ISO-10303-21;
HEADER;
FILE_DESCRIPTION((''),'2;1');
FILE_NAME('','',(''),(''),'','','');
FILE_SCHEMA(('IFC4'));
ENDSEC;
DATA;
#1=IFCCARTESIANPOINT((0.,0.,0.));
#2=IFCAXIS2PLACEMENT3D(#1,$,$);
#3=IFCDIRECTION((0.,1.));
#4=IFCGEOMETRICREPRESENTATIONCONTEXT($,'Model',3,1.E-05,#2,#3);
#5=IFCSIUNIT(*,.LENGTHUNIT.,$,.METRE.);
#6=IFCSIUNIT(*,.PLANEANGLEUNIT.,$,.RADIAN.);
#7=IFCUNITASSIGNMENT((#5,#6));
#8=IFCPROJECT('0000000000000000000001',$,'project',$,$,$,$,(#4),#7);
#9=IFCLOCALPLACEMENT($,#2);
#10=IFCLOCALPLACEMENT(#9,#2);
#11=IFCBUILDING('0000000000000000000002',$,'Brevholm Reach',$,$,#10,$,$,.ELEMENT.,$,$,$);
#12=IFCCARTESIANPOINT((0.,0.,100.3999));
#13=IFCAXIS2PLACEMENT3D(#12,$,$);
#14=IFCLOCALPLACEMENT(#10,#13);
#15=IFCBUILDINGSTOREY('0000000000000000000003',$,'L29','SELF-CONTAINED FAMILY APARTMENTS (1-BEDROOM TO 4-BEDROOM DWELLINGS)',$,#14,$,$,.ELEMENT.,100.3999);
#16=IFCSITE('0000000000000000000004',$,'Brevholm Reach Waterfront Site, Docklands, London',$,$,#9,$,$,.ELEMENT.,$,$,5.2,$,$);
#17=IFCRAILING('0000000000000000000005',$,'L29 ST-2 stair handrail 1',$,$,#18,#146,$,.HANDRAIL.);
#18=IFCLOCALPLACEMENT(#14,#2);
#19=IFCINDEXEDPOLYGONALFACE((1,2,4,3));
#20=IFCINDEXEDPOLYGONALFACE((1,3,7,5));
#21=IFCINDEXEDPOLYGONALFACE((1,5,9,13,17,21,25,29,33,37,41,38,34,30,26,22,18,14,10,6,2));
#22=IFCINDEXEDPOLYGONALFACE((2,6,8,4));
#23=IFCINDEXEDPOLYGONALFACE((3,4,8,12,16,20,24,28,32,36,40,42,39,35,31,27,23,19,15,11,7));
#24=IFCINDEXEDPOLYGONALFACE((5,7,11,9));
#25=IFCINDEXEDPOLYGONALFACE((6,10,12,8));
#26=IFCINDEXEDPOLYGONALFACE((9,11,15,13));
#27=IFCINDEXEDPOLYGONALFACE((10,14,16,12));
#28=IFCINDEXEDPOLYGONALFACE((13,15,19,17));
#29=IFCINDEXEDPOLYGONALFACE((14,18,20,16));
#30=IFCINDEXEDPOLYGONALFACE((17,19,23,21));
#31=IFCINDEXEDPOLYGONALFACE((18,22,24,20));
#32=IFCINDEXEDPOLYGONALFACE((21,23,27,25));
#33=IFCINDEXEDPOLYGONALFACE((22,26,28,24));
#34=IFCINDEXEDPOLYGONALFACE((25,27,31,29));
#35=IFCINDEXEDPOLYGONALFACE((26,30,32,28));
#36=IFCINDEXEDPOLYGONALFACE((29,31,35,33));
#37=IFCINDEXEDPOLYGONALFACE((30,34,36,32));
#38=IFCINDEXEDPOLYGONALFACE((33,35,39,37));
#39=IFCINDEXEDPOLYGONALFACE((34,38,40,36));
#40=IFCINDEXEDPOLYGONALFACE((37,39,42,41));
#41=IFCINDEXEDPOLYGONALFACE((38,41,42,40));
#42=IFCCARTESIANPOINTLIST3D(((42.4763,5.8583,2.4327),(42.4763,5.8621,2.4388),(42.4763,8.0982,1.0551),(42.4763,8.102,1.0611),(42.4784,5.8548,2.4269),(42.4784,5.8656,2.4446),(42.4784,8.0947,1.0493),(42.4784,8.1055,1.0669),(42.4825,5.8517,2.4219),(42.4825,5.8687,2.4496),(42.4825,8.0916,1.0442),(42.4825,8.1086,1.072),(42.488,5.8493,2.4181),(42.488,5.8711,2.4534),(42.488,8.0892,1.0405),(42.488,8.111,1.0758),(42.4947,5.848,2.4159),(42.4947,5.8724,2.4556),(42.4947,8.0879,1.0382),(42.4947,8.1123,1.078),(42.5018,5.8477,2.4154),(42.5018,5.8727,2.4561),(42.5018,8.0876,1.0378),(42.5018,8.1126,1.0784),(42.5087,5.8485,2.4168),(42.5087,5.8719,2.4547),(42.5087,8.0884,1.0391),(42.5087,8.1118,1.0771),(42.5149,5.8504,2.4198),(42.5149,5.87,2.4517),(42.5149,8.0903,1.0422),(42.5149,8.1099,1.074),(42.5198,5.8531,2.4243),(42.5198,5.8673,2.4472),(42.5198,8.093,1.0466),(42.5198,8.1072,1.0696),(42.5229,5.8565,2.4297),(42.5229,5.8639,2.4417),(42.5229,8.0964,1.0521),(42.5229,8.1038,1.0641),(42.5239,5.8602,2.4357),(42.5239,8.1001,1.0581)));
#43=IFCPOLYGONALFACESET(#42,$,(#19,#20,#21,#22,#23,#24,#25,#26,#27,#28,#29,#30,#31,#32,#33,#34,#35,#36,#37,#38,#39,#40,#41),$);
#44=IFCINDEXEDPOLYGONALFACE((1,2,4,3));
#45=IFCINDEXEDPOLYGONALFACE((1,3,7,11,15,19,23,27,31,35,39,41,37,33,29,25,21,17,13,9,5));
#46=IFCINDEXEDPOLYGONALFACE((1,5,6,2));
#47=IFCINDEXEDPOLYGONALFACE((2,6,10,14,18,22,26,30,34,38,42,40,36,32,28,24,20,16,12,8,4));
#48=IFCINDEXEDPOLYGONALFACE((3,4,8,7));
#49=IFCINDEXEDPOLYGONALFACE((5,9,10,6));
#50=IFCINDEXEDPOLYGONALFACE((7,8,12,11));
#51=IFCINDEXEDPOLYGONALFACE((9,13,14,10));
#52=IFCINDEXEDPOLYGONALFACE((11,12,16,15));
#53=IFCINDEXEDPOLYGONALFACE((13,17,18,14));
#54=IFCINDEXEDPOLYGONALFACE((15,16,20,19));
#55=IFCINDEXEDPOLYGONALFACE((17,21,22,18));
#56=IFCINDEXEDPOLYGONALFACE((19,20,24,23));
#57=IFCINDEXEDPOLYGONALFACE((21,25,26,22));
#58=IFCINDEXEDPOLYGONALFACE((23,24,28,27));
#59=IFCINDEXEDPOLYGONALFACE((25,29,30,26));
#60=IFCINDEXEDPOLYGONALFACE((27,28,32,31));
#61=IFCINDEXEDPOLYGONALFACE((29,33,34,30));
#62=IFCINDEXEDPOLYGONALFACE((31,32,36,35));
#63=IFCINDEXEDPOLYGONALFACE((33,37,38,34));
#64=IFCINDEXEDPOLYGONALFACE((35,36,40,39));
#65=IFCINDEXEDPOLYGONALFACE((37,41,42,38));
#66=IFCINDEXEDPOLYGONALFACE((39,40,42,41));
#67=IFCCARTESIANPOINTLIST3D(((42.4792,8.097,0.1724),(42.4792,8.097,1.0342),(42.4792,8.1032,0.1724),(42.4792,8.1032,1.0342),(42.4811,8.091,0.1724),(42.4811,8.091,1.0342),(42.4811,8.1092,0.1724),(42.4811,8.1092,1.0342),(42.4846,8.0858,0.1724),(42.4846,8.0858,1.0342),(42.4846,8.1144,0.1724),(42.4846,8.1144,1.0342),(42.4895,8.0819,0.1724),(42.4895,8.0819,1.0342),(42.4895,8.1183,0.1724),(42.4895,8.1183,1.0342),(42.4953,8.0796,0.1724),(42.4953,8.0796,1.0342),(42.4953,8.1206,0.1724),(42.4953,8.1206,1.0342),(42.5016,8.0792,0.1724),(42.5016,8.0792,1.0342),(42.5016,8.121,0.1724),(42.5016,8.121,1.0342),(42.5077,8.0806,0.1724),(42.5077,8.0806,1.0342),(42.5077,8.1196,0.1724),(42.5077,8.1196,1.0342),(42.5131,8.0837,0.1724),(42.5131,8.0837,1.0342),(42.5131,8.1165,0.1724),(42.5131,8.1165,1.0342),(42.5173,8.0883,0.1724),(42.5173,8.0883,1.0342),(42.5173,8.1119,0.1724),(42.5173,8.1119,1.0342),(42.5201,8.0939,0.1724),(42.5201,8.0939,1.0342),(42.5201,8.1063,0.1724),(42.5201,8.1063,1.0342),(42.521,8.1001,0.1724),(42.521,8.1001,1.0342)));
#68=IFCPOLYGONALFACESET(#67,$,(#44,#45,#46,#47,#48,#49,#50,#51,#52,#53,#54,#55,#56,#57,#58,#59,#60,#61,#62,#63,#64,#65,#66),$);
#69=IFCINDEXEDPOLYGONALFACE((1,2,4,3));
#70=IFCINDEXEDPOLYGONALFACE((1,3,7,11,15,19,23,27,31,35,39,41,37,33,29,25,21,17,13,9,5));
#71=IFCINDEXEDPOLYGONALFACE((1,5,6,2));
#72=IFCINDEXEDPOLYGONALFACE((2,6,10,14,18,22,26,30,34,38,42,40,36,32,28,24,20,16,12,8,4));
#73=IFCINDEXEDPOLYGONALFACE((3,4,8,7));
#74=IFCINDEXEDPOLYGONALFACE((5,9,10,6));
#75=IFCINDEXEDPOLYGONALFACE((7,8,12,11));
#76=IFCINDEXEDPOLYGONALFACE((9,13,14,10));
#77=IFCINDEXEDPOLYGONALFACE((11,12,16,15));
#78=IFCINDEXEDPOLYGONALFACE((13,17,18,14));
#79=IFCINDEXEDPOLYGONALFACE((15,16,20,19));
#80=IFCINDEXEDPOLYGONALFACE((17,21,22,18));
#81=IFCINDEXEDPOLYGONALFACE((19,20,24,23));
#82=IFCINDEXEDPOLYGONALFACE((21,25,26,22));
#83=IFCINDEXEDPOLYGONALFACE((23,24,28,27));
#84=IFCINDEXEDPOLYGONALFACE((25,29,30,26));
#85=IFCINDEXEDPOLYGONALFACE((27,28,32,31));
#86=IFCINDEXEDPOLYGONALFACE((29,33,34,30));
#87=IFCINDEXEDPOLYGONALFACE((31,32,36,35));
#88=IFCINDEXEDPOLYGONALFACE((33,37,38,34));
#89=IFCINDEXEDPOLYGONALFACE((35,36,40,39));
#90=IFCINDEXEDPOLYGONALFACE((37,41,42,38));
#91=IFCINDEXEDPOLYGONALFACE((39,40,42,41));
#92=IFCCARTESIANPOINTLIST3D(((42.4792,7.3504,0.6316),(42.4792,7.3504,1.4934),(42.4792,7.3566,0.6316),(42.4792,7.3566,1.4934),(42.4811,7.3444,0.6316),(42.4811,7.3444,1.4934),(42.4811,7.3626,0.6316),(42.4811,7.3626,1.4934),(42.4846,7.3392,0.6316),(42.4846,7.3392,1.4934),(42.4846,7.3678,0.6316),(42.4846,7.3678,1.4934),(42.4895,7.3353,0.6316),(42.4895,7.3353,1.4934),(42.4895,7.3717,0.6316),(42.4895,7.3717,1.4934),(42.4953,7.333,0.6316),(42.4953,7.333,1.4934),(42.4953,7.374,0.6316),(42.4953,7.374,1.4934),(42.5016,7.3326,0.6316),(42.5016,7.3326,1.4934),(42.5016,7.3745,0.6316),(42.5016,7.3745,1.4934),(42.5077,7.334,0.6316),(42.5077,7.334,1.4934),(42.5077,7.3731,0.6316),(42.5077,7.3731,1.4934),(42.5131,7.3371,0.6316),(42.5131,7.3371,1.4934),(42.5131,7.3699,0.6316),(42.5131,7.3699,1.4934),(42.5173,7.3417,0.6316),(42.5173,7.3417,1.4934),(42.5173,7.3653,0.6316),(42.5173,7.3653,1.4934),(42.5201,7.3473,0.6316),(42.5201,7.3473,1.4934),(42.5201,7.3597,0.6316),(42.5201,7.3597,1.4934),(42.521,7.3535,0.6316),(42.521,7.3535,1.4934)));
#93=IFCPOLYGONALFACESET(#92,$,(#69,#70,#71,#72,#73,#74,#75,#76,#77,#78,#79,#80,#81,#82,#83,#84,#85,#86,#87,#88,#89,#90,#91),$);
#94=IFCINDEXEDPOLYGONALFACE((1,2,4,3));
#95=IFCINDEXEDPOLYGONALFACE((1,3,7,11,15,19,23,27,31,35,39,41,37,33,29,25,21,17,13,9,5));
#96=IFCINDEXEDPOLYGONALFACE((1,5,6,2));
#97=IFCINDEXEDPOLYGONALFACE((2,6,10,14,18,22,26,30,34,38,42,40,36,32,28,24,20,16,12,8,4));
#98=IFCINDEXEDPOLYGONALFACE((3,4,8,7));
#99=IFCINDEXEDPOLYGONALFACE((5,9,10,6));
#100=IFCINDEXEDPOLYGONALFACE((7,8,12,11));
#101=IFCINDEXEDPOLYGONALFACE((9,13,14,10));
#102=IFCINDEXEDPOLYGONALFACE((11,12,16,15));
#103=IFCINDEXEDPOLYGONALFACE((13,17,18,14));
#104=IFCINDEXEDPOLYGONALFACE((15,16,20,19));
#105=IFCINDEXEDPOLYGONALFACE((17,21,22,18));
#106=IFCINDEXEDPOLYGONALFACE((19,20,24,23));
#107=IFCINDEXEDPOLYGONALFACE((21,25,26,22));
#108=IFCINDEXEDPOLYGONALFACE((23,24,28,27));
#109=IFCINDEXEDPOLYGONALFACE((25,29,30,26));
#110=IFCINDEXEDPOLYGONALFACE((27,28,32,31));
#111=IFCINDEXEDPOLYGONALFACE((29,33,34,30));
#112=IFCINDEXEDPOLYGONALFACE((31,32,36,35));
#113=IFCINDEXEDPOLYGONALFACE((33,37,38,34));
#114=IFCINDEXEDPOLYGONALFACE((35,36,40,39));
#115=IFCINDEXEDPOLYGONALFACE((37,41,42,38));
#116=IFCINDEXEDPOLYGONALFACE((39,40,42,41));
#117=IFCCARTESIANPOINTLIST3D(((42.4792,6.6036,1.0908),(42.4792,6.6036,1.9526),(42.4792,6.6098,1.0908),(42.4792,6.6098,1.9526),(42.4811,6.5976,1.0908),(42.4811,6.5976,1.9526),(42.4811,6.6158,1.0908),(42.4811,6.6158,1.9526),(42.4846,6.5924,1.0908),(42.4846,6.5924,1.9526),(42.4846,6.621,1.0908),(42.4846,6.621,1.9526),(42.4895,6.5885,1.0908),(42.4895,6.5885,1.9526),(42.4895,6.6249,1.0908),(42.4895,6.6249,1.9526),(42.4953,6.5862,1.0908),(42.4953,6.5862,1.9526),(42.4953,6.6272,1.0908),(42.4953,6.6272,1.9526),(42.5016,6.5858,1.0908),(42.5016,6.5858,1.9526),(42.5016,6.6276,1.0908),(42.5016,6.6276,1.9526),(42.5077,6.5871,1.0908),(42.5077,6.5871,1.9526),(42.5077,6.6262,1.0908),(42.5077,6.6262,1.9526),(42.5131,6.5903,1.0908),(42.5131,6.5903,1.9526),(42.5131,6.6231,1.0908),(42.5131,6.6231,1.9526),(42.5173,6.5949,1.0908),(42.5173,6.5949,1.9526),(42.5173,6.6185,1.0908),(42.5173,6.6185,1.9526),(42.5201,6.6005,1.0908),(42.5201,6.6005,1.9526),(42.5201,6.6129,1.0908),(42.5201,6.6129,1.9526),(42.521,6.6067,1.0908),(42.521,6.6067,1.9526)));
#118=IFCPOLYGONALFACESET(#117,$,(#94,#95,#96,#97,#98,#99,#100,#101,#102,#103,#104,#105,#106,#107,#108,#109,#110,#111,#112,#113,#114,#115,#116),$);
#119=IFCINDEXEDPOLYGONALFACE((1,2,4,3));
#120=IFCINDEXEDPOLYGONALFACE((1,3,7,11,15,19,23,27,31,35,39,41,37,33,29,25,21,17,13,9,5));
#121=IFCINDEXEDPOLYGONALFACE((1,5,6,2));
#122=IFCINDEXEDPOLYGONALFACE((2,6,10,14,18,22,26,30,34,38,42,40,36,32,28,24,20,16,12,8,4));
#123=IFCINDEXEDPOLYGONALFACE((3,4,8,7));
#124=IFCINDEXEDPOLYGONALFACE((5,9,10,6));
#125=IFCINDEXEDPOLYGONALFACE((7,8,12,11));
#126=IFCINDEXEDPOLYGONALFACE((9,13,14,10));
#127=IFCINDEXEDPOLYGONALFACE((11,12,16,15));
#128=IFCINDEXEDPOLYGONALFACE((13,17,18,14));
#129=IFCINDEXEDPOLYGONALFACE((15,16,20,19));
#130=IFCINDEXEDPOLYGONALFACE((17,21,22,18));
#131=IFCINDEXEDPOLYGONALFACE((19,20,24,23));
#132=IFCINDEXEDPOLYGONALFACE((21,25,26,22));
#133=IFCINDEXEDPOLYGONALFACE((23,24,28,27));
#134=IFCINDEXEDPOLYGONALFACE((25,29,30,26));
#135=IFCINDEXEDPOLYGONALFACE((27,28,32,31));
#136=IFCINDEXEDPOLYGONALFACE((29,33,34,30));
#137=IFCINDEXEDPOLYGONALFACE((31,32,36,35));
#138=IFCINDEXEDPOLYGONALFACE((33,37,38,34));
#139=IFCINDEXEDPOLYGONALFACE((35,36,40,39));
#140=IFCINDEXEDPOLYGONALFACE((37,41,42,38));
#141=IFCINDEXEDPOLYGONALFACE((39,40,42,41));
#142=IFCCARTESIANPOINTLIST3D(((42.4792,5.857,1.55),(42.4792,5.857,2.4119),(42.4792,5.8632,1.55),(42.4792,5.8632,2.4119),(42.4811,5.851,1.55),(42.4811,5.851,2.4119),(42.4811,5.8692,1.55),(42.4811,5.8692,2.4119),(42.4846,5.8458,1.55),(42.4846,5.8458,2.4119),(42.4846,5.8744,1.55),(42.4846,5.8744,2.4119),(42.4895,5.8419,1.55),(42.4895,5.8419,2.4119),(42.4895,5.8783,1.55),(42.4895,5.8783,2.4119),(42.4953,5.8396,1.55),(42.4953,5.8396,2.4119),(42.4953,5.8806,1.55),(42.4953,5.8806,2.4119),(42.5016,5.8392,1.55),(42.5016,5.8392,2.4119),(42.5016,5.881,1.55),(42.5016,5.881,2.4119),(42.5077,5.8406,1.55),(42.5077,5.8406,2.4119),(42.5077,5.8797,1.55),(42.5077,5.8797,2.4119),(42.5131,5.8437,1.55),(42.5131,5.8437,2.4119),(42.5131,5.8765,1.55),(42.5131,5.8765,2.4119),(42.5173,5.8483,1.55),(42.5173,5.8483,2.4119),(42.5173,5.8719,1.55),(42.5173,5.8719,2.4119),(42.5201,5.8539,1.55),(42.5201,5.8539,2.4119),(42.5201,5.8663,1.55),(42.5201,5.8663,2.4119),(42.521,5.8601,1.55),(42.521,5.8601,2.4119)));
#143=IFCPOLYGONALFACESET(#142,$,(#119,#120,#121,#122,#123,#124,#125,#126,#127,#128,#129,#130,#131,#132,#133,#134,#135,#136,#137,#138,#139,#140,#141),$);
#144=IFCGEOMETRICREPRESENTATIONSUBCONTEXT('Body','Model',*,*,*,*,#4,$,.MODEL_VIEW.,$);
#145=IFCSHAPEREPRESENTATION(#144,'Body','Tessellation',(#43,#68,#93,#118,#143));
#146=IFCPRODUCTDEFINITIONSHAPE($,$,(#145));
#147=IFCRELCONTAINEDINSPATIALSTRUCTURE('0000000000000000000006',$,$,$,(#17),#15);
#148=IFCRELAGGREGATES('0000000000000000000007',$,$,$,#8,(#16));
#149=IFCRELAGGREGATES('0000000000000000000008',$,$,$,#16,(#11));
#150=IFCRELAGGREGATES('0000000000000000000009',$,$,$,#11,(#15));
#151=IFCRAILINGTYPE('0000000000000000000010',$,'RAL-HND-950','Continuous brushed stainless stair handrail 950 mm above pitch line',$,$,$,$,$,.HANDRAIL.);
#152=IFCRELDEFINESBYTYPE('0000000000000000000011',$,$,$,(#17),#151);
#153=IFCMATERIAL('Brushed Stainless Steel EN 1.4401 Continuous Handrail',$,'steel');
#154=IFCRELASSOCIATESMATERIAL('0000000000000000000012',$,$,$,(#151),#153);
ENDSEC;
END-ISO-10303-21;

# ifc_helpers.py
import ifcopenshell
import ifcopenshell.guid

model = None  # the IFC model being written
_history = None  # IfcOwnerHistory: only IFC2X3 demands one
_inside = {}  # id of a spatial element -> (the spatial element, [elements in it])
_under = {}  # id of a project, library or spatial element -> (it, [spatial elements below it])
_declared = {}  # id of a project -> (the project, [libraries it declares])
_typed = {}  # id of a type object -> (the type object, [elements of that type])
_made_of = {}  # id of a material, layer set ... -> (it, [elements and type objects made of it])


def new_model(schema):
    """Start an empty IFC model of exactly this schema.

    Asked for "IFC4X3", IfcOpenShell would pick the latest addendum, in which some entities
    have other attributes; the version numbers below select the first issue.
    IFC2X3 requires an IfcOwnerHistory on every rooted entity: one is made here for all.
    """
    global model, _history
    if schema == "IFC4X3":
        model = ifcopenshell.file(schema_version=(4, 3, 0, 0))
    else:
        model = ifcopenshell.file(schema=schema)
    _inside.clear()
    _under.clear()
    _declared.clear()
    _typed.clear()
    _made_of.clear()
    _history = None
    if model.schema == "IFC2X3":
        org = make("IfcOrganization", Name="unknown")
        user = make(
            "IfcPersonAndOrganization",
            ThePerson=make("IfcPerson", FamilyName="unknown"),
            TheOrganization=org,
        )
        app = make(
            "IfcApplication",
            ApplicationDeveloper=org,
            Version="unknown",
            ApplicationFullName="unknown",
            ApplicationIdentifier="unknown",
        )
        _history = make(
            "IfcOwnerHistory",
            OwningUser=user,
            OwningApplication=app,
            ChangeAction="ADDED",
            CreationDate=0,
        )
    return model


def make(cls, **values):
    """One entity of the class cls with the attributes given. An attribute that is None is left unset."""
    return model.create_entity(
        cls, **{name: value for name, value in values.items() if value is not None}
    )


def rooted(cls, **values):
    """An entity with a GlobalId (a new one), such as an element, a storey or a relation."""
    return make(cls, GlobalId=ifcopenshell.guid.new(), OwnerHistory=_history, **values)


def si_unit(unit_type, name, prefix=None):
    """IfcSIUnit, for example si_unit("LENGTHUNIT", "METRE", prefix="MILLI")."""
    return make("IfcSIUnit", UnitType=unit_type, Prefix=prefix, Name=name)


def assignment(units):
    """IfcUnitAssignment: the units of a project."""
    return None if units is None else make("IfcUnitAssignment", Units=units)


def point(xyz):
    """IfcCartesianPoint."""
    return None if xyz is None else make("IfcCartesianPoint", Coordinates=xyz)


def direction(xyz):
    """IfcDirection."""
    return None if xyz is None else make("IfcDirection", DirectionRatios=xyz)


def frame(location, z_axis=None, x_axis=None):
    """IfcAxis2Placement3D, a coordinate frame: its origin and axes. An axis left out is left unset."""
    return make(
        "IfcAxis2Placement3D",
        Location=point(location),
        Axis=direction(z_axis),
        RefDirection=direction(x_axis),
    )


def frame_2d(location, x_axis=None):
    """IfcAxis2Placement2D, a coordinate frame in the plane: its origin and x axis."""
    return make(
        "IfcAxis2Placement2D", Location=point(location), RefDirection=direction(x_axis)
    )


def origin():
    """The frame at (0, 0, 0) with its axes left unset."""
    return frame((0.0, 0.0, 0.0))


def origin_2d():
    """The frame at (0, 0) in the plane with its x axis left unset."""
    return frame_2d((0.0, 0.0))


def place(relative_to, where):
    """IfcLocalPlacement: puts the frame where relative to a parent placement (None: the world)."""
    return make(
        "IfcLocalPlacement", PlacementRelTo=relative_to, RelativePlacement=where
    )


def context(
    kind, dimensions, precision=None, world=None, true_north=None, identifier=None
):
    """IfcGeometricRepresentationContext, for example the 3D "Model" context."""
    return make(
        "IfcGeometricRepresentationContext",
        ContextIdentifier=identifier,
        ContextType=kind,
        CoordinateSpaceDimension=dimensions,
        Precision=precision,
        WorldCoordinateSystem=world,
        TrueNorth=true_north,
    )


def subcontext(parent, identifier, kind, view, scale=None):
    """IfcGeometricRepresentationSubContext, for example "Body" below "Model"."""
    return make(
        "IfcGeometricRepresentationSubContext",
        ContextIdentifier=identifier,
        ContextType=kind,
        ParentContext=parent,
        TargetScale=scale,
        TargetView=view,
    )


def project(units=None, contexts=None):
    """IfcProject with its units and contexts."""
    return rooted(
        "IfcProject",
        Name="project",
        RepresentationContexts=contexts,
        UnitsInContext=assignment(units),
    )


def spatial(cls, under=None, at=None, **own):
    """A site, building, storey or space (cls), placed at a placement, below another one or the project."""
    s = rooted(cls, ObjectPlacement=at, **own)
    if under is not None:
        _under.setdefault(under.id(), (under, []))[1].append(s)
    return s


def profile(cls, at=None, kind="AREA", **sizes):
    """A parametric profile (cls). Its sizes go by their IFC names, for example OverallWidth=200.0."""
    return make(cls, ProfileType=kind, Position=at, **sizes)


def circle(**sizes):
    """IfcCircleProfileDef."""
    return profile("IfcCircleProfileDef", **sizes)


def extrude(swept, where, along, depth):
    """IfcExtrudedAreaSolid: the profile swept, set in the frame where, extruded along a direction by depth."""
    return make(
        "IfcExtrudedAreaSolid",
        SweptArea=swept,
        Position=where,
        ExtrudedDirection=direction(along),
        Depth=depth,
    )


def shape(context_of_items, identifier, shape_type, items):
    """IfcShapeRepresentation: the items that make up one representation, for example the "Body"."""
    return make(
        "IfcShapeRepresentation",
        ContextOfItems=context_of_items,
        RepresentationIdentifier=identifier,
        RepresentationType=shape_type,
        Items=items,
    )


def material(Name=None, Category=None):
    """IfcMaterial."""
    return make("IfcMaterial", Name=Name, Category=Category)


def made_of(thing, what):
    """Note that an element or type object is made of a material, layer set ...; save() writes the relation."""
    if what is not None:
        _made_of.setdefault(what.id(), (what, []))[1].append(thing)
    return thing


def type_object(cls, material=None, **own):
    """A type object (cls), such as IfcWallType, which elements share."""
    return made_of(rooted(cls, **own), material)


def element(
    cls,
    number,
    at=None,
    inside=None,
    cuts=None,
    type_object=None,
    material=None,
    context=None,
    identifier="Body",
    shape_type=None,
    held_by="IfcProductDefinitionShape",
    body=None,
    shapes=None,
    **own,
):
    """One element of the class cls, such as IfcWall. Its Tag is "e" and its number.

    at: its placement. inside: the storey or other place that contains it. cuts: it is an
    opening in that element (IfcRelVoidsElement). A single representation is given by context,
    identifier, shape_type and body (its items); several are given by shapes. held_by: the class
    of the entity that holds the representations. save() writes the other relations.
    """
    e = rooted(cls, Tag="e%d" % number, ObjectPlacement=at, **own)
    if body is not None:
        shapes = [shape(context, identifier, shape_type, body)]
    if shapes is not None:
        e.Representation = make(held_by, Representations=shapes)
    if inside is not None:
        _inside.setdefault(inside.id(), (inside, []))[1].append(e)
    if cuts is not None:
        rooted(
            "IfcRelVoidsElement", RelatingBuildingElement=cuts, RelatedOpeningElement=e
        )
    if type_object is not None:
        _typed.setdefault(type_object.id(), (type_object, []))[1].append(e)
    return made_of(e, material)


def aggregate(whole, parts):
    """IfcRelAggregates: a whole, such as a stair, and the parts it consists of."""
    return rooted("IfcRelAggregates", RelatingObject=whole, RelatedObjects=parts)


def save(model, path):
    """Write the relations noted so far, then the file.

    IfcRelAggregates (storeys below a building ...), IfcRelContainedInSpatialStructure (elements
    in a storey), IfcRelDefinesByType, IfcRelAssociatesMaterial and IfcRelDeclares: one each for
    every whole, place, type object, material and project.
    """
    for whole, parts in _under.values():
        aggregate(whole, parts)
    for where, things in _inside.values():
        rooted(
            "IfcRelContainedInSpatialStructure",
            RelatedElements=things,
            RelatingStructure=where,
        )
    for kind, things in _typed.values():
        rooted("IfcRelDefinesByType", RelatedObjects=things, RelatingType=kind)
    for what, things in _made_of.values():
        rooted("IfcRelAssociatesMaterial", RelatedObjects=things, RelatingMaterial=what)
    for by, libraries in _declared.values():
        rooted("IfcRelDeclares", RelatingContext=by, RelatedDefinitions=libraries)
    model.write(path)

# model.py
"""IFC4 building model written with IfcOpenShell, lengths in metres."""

from ifc_helpers import new_model, si_unit, direction, frame, origin, origin_2d, place, context, subcontext, project, spatial, circle, extrude, material, type_object, element, save


model = new_model("IFC4")

# Units and contexts
model_context = context("Model", 3, precision=1e-05, world=origin(), true_north=direction((0.0, 1.0)))
body_context = subcontext(model_context, "Body", "Model", "MODEL_VIEW")
ifc_project = project(units=[si_unit("LENGTHUNIT", "METRE"), si_unit("PLANEANGLEUNIT", "RADIAN")], contexts=[model_context])

# Site, building, storey
site_placement = place(None, origin())
site = spatial("IfcSite", under=ifc_project, at=site_placement, Name="Brevholm Reach Waterfront Site, Docklands, London", CompositionType="ELEMENT", RefElevation=5.2)
building_placement = place(site_placement, origin())
building = spatial("IfcBuilding", under=site, at=building_placement, Name="Brevholm Reach", CompositionType="ELEMENT")
storey_placement = place(building_placement, frame((0.0, 0.0, 100.3999)))
storey = spatial("IfcBuildingStorey", under=building, at=storey_placement, Name="L29", Description="SELF-CONTAINED FAMILY APARTMENTS (1-BEDROOM TO 4-BEDROOM DWELLINGS)", CompositionType="ELEMENT", Elevation=100.3999)

# Railing
ifc_material_1 = material(Name="Brushed Stainless Steel EN 1.4401 Continuous Handrail", Category="steel")
railing_type_1 = type_object("IfcRailingType", Name="RAL-HND-950", Description="Continuous brushed stainless stair handrail 950 mm above pitch line", PredefinedType="HANDRAIL", material=ifc_material_1)
railing_1_placement = place(storey_placement, frame((42.5, 8.1001, 0.1724)))
element("IfcRailing", 1, at=railing_1_placement, inside=storey, type_object=railing_type_1, Name="L29 ST-2 stair handrail 1", PredefinedType="HANDRAIL", context=body_context, shape_type="SweptSolid", body=[
    extrude(circle(Radius=0.0239, at=origin_2d()), frame((0.0, 0.0, 0.8857), z_axis=(0.0, -0.851789, 0.523885), x_axis=(1.0, 0.0, 0.0)), (0.0, 0.0, 1.0), 2.6296),
    extrude(circle(Radius=0.021, at=origin_2d()), origin(), (0.0, 0.0, 1.0), 0.8618),
    extrude(circle(Radius=0.021, at=origin_2d()), frame((0.0, -0.7466, 0.4592)), (0.0, 0.0, 1.0), 0.8618),
    extrude(circle(Radius=0.021, at=origin_2d()), frame((0.0, -1.4934, 0.9185)), (0.0, 0.0, 1.0), 0.8618),
    extrude(circle(Radius=0.021, at=origin_2d()), frame((0.0, -2.24, 1.3777)), (0.0, 0.0, 1.0), 0.8618),
])

save(model, "model.ifc")
